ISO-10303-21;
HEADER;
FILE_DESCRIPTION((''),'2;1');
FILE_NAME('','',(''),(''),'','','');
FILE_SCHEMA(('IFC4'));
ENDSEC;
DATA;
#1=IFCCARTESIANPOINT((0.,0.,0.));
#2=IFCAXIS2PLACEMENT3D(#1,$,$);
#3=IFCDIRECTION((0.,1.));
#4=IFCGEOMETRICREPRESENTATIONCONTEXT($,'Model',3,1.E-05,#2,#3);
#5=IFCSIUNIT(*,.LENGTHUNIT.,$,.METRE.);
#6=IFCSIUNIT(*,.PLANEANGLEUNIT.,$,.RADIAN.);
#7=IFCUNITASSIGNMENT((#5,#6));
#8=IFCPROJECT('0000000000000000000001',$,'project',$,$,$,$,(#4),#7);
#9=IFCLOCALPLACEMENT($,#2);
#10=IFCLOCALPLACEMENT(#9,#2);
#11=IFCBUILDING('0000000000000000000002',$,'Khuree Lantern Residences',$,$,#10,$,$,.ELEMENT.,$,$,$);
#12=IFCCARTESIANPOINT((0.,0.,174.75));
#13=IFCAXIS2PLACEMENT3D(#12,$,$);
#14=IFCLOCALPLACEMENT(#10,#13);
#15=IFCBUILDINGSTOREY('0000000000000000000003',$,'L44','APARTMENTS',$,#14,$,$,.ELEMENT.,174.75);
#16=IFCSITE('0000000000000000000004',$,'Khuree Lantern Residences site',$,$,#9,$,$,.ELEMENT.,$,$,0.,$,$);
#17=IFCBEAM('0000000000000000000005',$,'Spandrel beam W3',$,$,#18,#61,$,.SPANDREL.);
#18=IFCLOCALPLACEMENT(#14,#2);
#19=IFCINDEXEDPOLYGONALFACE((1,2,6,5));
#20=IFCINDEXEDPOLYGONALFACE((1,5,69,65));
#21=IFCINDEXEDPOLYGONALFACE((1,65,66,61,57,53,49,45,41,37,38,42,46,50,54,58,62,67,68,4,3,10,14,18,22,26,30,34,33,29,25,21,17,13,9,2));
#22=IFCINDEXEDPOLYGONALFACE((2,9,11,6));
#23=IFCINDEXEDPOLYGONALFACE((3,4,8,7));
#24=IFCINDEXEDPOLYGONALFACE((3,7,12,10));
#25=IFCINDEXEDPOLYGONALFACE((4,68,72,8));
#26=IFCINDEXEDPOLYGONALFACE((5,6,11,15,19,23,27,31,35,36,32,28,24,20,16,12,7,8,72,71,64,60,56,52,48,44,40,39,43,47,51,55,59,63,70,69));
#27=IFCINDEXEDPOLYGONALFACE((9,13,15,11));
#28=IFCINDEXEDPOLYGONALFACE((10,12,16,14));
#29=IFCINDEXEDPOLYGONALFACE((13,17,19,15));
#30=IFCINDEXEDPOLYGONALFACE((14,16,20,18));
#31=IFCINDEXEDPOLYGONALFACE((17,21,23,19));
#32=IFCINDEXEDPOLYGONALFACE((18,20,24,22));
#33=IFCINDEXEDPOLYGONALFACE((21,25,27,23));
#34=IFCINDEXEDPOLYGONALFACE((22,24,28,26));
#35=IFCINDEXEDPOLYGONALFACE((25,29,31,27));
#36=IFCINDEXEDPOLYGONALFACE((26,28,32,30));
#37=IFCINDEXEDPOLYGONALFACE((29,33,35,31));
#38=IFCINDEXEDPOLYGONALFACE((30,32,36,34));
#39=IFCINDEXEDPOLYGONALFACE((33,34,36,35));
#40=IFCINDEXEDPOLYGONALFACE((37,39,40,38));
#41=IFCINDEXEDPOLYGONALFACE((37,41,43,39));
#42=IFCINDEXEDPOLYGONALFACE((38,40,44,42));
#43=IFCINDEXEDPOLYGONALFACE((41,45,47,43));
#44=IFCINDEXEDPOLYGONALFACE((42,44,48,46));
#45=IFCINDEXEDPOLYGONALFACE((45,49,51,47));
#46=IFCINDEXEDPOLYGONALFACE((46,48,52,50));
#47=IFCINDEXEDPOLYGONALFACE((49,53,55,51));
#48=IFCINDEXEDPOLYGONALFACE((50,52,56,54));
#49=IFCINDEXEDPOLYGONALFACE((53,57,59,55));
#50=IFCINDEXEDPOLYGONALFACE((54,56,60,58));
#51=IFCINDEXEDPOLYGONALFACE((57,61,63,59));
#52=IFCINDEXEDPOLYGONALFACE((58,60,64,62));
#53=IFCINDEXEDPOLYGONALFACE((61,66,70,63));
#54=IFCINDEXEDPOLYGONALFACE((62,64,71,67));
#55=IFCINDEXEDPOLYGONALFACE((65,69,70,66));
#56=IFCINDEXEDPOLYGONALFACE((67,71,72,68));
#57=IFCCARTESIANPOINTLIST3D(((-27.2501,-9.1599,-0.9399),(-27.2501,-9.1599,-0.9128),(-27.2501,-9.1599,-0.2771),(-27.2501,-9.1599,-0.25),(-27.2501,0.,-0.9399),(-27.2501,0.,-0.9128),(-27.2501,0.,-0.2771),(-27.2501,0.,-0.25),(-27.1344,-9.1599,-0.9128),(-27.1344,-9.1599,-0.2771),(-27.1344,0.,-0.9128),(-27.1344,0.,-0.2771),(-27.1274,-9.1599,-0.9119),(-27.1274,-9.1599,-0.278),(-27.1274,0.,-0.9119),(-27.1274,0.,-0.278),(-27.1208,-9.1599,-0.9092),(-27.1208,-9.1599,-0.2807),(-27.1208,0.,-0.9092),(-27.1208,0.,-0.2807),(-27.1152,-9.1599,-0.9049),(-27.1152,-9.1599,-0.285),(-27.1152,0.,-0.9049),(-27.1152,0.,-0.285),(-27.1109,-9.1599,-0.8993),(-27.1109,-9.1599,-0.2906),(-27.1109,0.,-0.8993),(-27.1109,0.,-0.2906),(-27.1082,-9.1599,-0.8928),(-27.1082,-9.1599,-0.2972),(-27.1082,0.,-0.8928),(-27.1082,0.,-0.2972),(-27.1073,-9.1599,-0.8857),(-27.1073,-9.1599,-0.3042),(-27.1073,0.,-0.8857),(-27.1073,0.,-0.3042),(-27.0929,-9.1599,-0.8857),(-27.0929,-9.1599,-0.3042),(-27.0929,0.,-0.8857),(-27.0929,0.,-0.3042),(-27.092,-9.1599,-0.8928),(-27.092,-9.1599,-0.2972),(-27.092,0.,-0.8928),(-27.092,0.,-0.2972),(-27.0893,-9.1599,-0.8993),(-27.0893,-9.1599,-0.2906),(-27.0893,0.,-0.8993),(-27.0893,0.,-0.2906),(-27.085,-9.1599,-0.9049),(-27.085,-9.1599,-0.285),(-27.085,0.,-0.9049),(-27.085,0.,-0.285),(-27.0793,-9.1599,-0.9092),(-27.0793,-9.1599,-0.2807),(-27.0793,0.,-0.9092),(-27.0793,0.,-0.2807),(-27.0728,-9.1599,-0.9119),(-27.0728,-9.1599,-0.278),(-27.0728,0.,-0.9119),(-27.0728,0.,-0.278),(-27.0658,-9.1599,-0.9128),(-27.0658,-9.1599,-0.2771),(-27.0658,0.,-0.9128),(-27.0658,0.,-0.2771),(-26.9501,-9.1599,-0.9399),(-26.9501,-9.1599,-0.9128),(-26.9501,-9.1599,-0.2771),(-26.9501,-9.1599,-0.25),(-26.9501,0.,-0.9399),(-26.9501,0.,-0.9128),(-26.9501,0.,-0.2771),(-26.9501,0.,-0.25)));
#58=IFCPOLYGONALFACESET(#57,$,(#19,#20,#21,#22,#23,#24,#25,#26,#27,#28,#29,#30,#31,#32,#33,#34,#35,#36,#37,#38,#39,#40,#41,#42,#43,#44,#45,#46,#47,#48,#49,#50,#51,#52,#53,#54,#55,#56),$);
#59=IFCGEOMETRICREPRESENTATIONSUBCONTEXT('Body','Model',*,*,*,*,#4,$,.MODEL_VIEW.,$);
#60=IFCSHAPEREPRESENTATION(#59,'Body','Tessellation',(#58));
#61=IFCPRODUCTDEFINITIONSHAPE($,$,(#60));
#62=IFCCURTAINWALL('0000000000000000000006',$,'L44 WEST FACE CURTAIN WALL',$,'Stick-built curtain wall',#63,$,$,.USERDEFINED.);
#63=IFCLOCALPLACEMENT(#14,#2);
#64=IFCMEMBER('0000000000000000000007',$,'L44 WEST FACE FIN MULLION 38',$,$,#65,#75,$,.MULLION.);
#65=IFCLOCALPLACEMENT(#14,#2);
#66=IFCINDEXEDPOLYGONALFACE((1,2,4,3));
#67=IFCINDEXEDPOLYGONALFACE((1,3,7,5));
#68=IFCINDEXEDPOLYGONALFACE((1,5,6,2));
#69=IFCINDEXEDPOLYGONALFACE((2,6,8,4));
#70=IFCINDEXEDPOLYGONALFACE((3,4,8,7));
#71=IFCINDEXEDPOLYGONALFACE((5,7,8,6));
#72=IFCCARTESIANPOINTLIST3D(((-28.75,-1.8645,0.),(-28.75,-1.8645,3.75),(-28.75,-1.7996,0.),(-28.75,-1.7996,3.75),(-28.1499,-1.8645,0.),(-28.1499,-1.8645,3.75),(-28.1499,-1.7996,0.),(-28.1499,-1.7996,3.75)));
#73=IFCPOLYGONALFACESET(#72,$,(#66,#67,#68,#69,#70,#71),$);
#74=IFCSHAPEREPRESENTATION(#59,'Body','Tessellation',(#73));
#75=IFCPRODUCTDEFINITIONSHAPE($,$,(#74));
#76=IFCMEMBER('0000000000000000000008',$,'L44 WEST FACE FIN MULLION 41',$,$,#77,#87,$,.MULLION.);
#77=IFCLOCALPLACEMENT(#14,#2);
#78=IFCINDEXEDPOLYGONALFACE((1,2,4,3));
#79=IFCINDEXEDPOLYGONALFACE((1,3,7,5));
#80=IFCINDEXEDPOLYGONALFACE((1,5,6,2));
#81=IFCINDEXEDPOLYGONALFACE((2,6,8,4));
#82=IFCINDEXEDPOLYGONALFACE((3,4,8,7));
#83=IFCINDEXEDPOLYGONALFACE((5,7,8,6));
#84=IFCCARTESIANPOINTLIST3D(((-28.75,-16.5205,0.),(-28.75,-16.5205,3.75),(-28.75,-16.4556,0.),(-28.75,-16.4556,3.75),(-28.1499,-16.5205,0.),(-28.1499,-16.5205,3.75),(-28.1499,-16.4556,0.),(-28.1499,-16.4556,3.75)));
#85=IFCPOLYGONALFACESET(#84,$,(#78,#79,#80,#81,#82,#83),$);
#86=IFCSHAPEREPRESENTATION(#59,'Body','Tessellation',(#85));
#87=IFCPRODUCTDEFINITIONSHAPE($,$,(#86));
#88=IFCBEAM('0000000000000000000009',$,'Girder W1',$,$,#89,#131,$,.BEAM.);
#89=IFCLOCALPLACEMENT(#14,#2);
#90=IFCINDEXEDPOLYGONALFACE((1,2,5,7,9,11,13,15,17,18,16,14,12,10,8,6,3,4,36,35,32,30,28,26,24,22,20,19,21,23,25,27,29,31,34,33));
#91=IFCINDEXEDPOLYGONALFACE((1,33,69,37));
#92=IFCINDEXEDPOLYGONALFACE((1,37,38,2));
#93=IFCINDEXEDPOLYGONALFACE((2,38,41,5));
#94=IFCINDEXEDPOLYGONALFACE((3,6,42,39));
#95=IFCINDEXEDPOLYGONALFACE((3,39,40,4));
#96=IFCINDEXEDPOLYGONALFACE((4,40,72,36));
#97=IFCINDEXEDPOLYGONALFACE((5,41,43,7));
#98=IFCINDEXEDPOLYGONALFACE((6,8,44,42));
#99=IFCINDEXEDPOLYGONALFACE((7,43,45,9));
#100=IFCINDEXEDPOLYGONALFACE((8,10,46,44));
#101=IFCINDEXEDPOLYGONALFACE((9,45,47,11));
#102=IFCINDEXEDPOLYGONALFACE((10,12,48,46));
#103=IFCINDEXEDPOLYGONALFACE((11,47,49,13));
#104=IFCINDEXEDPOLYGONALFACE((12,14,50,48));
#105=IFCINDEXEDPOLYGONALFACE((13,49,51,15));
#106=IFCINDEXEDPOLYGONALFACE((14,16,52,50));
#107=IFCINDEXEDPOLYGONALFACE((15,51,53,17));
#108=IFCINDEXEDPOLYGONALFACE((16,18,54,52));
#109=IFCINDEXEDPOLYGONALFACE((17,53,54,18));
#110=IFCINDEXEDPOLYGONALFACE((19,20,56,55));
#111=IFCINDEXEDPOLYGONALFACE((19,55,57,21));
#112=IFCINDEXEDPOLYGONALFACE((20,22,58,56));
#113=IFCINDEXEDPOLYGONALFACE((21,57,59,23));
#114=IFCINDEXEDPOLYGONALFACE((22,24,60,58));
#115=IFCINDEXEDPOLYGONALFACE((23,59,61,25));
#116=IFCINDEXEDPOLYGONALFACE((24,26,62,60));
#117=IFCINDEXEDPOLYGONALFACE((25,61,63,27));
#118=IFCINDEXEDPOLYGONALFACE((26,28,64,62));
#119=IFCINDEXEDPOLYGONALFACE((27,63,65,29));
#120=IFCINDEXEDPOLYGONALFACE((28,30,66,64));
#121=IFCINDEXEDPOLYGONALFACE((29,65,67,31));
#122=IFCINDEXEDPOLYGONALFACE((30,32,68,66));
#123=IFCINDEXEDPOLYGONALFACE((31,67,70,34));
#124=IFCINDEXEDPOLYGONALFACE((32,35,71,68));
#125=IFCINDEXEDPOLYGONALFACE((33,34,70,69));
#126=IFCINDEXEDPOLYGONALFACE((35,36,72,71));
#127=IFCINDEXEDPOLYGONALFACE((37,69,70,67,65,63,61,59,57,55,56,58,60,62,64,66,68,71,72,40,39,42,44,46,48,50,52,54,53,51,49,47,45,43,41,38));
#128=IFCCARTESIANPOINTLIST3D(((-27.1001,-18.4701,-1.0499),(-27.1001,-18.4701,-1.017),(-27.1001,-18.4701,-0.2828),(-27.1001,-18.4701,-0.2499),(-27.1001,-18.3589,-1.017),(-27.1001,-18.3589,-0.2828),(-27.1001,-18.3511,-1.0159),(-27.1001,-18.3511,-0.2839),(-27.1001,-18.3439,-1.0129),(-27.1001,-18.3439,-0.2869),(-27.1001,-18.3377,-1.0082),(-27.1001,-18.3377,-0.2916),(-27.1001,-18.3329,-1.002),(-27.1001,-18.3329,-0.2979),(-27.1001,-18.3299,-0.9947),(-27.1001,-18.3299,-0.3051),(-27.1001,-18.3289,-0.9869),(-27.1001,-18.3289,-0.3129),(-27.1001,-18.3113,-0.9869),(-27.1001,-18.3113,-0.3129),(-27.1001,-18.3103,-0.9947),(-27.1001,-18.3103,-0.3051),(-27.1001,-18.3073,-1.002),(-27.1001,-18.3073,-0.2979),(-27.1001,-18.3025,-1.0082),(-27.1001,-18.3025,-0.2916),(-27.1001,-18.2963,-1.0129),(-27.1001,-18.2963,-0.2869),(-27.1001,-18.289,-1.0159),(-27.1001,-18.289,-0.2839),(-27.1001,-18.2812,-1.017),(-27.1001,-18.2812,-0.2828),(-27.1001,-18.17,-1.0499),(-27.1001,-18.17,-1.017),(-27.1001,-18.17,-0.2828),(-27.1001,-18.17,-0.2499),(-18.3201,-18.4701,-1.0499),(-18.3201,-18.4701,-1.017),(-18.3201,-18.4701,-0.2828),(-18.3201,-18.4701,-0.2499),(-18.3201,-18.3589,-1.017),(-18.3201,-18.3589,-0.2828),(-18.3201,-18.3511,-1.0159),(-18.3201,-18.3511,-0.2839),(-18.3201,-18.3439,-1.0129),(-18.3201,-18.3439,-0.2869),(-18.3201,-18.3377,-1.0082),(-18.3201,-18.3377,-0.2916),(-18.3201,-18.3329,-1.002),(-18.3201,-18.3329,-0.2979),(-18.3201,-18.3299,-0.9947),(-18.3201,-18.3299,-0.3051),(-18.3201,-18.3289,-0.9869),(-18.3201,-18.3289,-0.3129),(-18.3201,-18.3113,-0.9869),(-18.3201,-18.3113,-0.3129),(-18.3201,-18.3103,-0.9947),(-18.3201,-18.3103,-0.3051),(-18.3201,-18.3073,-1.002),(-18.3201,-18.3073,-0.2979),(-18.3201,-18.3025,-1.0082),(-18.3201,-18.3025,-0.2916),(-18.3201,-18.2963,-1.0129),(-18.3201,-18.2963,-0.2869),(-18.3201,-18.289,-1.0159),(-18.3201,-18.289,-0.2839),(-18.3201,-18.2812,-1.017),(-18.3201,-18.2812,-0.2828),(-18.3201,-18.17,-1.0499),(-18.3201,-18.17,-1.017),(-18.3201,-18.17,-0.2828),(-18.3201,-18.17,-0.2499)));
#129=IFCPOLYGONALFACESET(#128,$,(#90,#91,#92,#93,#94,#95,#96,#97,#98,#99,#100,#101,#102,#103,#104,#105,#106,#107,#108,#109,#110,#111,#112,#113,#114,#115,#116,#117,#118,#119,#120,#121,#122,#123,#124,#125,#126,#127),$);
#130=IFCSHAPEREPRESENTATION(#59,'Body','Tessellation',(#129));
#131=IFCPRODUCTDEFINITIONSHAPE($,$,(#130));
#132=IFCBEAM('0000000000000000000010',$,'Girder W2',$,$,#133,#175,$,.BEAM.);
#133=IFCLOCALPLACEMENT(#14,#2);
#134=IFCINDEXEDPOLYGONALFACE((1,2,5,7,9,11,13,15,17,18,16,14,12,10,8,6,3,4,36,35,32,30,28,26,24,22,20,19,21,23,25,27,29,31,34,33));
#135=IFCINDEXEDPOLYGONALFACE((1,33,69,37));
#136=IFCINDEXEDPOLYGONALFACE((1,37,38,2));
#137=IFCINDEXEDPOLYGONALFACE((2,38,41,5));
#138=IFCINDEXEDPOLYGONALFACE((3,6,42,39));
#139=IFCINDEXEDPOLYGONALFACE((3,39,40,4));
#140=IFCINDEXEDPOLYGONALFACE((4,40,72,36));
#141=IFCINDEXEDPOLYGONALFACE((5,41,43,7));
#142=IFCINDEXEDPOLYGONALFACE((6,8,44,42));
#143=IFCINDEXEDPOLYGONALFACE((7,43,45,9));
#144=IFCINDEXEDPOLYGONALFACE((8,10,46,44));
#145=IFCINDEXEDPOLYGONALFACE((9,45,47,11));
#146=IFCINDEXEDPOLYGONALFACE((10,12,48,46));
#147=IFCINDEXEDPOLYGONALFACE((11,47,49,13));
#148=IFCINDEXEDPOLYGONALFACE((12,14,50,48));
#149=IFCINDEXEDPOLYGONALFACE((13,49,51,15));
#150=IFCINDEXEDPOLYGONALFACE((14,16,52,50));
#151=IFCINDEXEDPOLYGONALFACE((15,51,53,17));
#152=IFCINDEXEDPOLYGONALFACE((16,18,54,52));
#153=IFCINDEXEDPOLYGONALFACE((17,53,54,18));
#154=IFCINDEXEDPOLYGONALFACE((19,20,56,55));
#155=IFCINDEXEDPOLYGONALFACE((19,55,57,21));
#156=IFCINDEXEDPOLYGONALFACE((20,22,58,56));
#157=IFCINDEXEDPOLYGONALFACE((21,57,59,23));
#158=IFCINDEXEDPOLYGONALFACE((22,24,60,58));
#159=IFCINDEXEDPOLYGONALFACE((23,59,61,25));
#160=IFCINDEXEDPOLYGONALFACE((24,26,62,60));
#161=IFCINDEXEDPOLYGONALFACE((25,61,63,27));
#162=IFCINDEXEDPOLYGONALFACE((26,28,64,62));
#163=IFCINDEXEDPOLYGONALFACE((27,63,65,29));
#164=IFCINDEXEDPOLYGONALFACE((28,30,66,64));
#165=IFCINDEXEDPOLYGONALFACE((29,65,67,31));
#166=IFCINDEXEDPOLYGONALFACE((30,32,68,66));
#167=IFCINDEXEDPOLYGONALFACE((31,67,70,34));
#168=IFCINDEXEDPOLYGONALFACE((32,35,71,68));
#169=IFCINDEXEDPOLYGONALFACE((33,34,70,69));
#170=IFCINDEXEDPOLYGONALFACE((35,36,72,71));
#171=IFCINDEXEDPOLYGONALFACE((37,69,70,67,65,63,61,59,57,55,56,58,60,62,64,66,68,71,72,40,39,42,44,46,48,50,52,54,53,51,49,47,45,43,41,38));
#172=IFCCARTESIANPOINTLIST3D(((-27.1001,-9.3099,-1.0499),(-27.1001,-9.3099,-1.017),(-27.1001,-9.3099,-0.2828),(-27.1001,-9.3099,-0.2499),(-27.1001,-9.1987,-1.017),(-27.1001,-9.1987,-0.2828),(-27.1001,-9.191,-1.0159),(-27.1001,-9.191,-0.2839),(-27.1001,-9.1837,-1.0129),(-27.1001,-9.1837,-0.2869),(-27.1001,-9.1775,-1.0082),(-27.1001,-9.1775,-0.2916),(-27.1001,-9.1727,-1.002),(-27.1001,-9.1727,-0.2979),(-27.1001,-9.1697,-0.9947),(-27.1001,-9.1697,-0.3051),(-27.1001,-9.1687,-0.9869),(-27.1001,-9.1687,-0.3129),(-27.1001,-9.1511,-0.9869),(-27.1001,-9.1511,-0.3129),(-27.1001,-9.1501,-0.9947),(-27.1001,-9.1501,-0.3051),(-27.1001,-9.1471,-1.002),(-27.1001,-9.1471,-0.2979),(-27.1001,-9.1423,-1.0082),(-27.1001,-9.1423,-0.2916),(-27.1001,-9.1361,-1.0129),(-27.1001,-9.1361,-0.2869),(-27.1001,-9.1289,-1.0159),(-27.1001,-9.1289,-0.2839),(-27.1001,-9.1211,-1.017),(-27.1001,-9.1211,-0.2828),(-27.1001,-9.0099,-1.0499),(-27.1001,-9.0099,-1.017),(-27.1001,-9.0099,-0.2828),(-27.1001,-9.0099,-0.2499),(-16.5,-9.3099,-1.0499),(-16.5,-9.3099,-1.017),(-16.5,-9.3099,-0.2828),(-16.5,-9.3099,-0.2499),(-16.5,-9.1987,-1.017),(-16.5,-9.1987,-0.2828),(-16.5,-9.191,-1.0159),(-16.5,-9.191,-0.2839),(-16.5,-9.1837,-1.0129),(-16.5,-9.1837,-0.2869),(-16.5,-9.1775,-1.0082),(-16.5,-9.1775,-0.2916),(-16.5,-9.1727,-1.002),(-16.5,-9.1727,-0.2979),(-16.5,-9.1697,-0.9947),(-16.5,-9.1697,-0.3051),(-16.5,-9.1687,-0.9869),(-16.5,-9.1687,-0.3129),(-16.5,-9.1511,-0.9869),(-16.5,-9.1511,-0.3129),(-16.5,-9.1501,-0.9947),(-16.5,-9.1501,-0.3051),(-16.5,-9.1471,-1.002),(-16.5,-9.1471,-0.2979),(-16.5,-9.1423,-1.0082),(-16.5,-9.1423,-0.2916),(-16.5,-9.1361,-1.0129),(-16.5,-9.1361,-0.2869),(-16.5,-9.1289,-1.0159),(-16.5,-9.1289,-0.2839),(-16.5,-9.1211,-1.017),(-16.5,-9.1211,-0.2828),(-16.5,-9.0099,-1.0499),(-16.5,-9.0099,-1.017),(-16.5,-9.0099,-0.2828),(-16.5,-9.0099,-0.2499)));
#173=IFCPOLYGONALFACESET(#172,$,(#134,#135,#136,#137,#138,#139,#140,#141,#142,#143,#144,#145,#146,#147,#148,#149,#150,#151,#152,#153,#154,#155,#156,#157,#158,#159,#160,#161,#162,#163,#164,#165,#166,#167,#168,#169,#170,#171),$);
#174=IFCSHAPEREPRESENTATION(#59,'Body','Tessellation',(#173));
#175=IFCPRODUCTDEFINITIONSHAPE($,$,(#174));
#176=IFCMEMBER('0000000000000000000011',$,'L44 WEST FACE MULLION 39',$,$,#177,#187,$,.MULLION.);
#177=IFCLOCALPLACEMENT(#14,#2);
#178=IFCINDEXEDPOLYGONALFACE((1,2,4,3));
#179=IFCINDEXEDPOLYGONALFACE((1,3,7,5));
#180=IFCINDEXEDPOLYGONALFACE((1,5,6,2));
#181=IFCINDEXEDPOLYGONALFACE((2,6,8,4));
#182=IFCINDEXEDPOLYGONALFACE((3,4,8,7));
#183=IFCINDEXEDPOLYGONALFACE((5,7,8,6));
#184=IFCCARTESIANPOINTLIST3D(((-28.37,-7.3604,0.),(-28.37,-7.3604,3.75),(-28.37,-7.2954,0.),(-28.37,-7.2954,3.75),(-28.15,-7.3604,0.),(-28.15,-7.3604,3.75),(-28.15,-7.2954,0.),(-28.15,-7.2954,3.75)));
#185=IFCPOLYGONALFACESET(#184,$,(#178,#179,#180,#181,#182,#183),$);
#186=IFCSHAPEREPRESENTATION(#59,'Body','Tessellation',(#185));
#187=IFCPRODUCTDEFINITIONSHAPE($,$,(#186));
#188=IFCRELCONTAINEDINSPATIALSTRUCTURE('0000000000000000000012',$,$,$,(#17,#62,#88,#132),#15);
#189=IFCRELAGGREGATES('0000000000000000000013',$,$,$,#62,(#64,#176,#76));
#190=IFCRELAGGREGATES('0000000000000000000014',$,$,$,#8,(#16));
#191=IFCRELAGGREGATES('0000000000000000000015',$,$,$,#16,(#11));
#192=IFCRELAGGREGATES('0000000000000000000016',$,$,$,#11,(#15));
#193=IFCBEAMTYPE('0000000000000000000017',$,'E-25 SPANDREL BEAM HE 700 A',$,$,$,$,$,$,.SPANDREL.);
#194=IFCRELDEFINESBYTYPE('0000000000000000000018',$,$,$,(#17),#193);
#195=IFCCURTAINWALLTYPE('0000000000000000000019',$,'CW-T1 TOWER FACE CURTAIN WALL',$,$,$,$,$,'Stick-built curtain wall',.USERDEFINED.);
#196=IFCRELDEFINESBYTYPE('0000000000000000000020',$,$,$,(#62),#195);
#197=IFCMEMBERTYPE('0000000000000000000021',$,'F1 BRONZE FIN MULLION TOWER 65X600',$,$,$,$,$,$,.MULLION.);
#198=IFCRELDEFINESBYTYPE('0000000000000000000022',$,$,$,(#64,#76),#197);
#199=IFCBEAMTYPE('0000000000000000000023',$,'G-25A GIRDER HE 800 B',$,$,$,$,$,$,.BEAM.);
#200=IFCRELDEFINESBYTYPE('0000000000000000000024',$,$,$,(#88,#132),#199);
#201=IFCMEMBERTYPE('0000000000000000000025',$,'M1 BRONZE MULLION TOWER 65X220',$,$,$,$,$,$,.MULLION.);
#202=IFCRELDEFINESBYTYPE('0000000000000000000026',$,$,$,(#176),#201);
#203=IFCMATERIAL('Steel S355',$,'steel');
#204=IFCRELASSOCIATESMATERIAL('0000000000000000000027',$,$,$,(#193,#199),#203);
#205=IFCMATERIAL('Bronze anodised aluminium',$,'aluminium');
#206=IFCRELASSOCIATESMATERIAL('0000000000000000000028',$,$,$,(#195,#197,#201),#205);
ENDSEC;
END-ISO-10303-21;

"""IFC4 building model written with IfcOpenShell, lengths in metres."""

from ifc_helpers import new_model, si_unit, direction, frame, origin, origin_2d, place, context, subcontext, project, spatial, rectangle, i_section, extrude, material, material_profile, profile_set, type_object, element, aggregate, save


model = new_model("IFC4")

# Units and contexts
model_context = context("Model", 3, precision=1e-05, world=origin(), true_north=direction((0.0, 1.0)))
body_context = subcontext(model_context, "Body", "Model", "MODEL_VIEW")
ifc_project = project(units=[si_unit("LENGTHUNIT", "METRE"), si_unit("PLANEANGLEUNIT", "RADIAN")], contexts=[model_context])

# Site, building, storey
site_placement = place(None, origin())
site = spatial("IfcSite", under=ifc_project, at=site_placement, Name="Khuree Lantern Residences site", CompositionType="ELEMENT", RefElevation=0.0)
building_placement = place(site_placement, origin())
building = spatial("IfcBuilding", under=site, at=building_placement, Name="Khuree Lantern Residences", CompositionType="ELEMENT")
storey_placement = place(building_placement, frame((0.0, 0.0, 174.75)))
storey = spatial("IfcBuildingStorey", under=building, at=storey_placement, Name="L44", Description="APARTMENTS", CompositionType="ELEMENT", Elevation=174.75)

# Beam
ifc_material_1 = material(Name="Steel S355", Category="steel")
ifc_material_profile_1 = material_profile(ifc_material_1, i_section(OverallWidth=0.3, OverallDepth=0.6899, WebThickness=0.0144, FlangeThickness=0.0271, FilletRadius=0.0271, at=origin_2d()), Name="HE 700 A")
ifc_profile_set_1 = profile_set([ifc_material_profile_1], Name="Steel S355")
beam_type_1 = type_object("IfcBeamType", Name="E-25 SPANDREL BEAM HE 700 A", PredefinedType="SPANDREL", material=ifc_profile_set_1)
beam_1_placement = place(storey_placement, frame((-27.1001, -9.1599, -0.595), z_axis=(0.0, 1.0, 0.0), x_axis=(-1.0, 0.0, 0.0)))
element("IfcBeam", 1, at=beam_1_placement, inside=storey, type_object=beam_type_1, Name="Spandrel beam W3", PredefinedType="SPANDREL", context=body_context, shape_type="SweptSolid", body=[
    extrude(i_section(OverallWidth=0.3, OverallDepth=0.6899, WebThickness=0.0144, FlangeThickness=0.0271, FilletRadius=0.0271, at=origin_2d()), origin(), (0.0, 0.0, 1.0), 9.1599),
])

# Curtain wall, members
ifc_material_2 = material(Name="Bronze anodised aluminium", Category="aluminium")
curtain_wall_type = type_object("IfcCurtainWallType", Name="CW-T1 TOWER FACE CURTAIN WALL", ElementType="Stick-built curtain wall", PredefinedType="USERDEFINED", material=ifc_material_2)
curtain_wall_placement = place(storey_placement, origin())
curtain_wall = element("IfcCurtainWall", 2, at=curtain_wall_placement, inside=storey, type_object=curtain_wall_type, Name="L44 WEST FACE CURTAIN WALL", ObjectType="Stick-built curtain wall", PredefinedType="USERDEFINED")
ifc_material_profile_2 = material_profile(ifc_material_2, rectangle(XDim=0.0649, YDim=0.6001, at=origin_2d()), Name="F1 65X600")
ifc_profile_set_2 = profile_set([ifc_material_profile_2], Name="Bronze anodised aluminium")
member_type_1 = type_object("IfcMemberType", Name="F1 BRONZE FIN MULLION TOWER 65X600", PredefinedType="MULLION", material=ifc_profile_set_2)
member_1_placement = place(storey_placement, frame((-28.45, -1.832, 0.0), z_axis=(0.0, 0.0, 1.0), x_axis=(0.0, -1.0, 0.0)))
member_1 = element("IfcMember", 3, at=member_1_placement, type_object=member_type_1, Name="L44 WEST FACE FIN MULLION 38", PredefinedType="MULLION", context=body_context, shape_type="SweptSolid", body=[
    extrude(rectangle(XDim=0.0649, YDim=0.6001, at=origin_2d()), origin(), (0.0, 0.0, 1.0), 3.75),
])
member_2_placement = place(storey_placement, frame((-28.45, -16.488, 0.0), z_axis=(0.0, 0.0, 1.0), x_axis=(0.0, -1.0, 0.0)))
member_2 = element("IfcMember", 4, at=member_2_placement, type_object=member_type_1, Name="L44 WEST FACE FIN MULLION 41", PredefinedType="MULLION", context=body_context, shape_type="SweptSolid", body=[
    extrude(rectangle(XDim=0.0649, YDim=0.6001, at=origin_2d()), origin(), (0.0, 0.0, 1.0), 3.75),
])

# Beams
ifc_material_profile_3 = material_profile(ifc_material_1, i_section(OverallWidth=0.3, OverallDepth=0.8, WebThickness=0.0176, FlangeThickness=0.033, FilletRadius=0.03, at=origin_2d()), Name="HE 800 B")
ifc_profile_set_3 = profile_set([ifc_material_profile_3], Name="Steel S355")
beam_type_2 = type_object("IfcBeamType", Name="G-25A GIRDER HE 800 B", PredefinedType="BEAM", material=ifc_profile_set_3)
beam_2_placement = place(storey_placement, frame((-27.1001, -18.3201, -0.6499), z_axis=(1.0, 0.0, 0.0), x_axis=(0.0, 1.0, 0.0)))
element("IfcBeam", 5, at=beam_2_placement, inside=storey, type_object=beam_type_2, Name="Girder W1", PredefinedType="BEAM", context=body_context, shape_type="SweptSolid", body=[
    extrude(i_section(OverallWidth=0.3, OverallDepth=0.8, WebThickness=0.0176, FlangeThickness=0.033, FilletRadius=0.03, at=origin_2d()), origin(), (0.0, 0.0, 1.0), 8.78),
])
beam_3_placement = place(storey_placement, frame((-27.1001, -9.1599, -0.6499), z_axis=(1.0, 0.0, 0.0), x_axis=(0.0, 1.0, 0.0)))
element("IfcBeam", 6, at=beam_3_placement, inside=storey, type_object=beam_type_2, Name="Girder W2", PredefinedType="BEAM", context=body_context, shape_type="SweptSolid", body=[
    extrude(i_section(OverallWidth=0.3, OverallDepth=0.8, WebThickness=0.0176, FlangeThickness=0.033, FilletRadius=0.03, at=origin_2d()), origin(), (0.0, 0.0, 1.0), 10.6001),
])

# Member
ifc_material_profile_4 = material_profile(ifc_material_2, rectangle(XDim=0.0649, YDim=0.22, at=origin_2d()), Name="M1 65X220")
ifc_profile_set_4 = profile_set([ifc_material_profile_4], Name="Bronze anodised aluminium")
member_type_2 = type_object("IfcMemberType", Name="M1 BRONZE MULLION TOWER 65X220", PredefinedType="MULLION", material=ifc_profile_set_4)
member_3_placement = place(storey_placement, frame((-28.26, -7.3279, 0.0), z_axis=(0.0, 0.0, 1.0), x_axis=(0.0, -1.0, 0.0)))
member_3 = element("IfcMember", 7, at=member_3_placement, type_object=member_type_2, Name="L44 WEST FACE MULLION 39", PredefinedType="MULLION", context=body_context, shape_type="SweptSolid", body=[
    extrude(rectangle(XDim=0.0649, YDim=0.22, at=origin_2d()), origin(), (0.0, 0.0, 1.0), 3.75),
])

aggregate(curtain_wall, [member_1, member_3, member_2])

save(model, "model.ifc")
